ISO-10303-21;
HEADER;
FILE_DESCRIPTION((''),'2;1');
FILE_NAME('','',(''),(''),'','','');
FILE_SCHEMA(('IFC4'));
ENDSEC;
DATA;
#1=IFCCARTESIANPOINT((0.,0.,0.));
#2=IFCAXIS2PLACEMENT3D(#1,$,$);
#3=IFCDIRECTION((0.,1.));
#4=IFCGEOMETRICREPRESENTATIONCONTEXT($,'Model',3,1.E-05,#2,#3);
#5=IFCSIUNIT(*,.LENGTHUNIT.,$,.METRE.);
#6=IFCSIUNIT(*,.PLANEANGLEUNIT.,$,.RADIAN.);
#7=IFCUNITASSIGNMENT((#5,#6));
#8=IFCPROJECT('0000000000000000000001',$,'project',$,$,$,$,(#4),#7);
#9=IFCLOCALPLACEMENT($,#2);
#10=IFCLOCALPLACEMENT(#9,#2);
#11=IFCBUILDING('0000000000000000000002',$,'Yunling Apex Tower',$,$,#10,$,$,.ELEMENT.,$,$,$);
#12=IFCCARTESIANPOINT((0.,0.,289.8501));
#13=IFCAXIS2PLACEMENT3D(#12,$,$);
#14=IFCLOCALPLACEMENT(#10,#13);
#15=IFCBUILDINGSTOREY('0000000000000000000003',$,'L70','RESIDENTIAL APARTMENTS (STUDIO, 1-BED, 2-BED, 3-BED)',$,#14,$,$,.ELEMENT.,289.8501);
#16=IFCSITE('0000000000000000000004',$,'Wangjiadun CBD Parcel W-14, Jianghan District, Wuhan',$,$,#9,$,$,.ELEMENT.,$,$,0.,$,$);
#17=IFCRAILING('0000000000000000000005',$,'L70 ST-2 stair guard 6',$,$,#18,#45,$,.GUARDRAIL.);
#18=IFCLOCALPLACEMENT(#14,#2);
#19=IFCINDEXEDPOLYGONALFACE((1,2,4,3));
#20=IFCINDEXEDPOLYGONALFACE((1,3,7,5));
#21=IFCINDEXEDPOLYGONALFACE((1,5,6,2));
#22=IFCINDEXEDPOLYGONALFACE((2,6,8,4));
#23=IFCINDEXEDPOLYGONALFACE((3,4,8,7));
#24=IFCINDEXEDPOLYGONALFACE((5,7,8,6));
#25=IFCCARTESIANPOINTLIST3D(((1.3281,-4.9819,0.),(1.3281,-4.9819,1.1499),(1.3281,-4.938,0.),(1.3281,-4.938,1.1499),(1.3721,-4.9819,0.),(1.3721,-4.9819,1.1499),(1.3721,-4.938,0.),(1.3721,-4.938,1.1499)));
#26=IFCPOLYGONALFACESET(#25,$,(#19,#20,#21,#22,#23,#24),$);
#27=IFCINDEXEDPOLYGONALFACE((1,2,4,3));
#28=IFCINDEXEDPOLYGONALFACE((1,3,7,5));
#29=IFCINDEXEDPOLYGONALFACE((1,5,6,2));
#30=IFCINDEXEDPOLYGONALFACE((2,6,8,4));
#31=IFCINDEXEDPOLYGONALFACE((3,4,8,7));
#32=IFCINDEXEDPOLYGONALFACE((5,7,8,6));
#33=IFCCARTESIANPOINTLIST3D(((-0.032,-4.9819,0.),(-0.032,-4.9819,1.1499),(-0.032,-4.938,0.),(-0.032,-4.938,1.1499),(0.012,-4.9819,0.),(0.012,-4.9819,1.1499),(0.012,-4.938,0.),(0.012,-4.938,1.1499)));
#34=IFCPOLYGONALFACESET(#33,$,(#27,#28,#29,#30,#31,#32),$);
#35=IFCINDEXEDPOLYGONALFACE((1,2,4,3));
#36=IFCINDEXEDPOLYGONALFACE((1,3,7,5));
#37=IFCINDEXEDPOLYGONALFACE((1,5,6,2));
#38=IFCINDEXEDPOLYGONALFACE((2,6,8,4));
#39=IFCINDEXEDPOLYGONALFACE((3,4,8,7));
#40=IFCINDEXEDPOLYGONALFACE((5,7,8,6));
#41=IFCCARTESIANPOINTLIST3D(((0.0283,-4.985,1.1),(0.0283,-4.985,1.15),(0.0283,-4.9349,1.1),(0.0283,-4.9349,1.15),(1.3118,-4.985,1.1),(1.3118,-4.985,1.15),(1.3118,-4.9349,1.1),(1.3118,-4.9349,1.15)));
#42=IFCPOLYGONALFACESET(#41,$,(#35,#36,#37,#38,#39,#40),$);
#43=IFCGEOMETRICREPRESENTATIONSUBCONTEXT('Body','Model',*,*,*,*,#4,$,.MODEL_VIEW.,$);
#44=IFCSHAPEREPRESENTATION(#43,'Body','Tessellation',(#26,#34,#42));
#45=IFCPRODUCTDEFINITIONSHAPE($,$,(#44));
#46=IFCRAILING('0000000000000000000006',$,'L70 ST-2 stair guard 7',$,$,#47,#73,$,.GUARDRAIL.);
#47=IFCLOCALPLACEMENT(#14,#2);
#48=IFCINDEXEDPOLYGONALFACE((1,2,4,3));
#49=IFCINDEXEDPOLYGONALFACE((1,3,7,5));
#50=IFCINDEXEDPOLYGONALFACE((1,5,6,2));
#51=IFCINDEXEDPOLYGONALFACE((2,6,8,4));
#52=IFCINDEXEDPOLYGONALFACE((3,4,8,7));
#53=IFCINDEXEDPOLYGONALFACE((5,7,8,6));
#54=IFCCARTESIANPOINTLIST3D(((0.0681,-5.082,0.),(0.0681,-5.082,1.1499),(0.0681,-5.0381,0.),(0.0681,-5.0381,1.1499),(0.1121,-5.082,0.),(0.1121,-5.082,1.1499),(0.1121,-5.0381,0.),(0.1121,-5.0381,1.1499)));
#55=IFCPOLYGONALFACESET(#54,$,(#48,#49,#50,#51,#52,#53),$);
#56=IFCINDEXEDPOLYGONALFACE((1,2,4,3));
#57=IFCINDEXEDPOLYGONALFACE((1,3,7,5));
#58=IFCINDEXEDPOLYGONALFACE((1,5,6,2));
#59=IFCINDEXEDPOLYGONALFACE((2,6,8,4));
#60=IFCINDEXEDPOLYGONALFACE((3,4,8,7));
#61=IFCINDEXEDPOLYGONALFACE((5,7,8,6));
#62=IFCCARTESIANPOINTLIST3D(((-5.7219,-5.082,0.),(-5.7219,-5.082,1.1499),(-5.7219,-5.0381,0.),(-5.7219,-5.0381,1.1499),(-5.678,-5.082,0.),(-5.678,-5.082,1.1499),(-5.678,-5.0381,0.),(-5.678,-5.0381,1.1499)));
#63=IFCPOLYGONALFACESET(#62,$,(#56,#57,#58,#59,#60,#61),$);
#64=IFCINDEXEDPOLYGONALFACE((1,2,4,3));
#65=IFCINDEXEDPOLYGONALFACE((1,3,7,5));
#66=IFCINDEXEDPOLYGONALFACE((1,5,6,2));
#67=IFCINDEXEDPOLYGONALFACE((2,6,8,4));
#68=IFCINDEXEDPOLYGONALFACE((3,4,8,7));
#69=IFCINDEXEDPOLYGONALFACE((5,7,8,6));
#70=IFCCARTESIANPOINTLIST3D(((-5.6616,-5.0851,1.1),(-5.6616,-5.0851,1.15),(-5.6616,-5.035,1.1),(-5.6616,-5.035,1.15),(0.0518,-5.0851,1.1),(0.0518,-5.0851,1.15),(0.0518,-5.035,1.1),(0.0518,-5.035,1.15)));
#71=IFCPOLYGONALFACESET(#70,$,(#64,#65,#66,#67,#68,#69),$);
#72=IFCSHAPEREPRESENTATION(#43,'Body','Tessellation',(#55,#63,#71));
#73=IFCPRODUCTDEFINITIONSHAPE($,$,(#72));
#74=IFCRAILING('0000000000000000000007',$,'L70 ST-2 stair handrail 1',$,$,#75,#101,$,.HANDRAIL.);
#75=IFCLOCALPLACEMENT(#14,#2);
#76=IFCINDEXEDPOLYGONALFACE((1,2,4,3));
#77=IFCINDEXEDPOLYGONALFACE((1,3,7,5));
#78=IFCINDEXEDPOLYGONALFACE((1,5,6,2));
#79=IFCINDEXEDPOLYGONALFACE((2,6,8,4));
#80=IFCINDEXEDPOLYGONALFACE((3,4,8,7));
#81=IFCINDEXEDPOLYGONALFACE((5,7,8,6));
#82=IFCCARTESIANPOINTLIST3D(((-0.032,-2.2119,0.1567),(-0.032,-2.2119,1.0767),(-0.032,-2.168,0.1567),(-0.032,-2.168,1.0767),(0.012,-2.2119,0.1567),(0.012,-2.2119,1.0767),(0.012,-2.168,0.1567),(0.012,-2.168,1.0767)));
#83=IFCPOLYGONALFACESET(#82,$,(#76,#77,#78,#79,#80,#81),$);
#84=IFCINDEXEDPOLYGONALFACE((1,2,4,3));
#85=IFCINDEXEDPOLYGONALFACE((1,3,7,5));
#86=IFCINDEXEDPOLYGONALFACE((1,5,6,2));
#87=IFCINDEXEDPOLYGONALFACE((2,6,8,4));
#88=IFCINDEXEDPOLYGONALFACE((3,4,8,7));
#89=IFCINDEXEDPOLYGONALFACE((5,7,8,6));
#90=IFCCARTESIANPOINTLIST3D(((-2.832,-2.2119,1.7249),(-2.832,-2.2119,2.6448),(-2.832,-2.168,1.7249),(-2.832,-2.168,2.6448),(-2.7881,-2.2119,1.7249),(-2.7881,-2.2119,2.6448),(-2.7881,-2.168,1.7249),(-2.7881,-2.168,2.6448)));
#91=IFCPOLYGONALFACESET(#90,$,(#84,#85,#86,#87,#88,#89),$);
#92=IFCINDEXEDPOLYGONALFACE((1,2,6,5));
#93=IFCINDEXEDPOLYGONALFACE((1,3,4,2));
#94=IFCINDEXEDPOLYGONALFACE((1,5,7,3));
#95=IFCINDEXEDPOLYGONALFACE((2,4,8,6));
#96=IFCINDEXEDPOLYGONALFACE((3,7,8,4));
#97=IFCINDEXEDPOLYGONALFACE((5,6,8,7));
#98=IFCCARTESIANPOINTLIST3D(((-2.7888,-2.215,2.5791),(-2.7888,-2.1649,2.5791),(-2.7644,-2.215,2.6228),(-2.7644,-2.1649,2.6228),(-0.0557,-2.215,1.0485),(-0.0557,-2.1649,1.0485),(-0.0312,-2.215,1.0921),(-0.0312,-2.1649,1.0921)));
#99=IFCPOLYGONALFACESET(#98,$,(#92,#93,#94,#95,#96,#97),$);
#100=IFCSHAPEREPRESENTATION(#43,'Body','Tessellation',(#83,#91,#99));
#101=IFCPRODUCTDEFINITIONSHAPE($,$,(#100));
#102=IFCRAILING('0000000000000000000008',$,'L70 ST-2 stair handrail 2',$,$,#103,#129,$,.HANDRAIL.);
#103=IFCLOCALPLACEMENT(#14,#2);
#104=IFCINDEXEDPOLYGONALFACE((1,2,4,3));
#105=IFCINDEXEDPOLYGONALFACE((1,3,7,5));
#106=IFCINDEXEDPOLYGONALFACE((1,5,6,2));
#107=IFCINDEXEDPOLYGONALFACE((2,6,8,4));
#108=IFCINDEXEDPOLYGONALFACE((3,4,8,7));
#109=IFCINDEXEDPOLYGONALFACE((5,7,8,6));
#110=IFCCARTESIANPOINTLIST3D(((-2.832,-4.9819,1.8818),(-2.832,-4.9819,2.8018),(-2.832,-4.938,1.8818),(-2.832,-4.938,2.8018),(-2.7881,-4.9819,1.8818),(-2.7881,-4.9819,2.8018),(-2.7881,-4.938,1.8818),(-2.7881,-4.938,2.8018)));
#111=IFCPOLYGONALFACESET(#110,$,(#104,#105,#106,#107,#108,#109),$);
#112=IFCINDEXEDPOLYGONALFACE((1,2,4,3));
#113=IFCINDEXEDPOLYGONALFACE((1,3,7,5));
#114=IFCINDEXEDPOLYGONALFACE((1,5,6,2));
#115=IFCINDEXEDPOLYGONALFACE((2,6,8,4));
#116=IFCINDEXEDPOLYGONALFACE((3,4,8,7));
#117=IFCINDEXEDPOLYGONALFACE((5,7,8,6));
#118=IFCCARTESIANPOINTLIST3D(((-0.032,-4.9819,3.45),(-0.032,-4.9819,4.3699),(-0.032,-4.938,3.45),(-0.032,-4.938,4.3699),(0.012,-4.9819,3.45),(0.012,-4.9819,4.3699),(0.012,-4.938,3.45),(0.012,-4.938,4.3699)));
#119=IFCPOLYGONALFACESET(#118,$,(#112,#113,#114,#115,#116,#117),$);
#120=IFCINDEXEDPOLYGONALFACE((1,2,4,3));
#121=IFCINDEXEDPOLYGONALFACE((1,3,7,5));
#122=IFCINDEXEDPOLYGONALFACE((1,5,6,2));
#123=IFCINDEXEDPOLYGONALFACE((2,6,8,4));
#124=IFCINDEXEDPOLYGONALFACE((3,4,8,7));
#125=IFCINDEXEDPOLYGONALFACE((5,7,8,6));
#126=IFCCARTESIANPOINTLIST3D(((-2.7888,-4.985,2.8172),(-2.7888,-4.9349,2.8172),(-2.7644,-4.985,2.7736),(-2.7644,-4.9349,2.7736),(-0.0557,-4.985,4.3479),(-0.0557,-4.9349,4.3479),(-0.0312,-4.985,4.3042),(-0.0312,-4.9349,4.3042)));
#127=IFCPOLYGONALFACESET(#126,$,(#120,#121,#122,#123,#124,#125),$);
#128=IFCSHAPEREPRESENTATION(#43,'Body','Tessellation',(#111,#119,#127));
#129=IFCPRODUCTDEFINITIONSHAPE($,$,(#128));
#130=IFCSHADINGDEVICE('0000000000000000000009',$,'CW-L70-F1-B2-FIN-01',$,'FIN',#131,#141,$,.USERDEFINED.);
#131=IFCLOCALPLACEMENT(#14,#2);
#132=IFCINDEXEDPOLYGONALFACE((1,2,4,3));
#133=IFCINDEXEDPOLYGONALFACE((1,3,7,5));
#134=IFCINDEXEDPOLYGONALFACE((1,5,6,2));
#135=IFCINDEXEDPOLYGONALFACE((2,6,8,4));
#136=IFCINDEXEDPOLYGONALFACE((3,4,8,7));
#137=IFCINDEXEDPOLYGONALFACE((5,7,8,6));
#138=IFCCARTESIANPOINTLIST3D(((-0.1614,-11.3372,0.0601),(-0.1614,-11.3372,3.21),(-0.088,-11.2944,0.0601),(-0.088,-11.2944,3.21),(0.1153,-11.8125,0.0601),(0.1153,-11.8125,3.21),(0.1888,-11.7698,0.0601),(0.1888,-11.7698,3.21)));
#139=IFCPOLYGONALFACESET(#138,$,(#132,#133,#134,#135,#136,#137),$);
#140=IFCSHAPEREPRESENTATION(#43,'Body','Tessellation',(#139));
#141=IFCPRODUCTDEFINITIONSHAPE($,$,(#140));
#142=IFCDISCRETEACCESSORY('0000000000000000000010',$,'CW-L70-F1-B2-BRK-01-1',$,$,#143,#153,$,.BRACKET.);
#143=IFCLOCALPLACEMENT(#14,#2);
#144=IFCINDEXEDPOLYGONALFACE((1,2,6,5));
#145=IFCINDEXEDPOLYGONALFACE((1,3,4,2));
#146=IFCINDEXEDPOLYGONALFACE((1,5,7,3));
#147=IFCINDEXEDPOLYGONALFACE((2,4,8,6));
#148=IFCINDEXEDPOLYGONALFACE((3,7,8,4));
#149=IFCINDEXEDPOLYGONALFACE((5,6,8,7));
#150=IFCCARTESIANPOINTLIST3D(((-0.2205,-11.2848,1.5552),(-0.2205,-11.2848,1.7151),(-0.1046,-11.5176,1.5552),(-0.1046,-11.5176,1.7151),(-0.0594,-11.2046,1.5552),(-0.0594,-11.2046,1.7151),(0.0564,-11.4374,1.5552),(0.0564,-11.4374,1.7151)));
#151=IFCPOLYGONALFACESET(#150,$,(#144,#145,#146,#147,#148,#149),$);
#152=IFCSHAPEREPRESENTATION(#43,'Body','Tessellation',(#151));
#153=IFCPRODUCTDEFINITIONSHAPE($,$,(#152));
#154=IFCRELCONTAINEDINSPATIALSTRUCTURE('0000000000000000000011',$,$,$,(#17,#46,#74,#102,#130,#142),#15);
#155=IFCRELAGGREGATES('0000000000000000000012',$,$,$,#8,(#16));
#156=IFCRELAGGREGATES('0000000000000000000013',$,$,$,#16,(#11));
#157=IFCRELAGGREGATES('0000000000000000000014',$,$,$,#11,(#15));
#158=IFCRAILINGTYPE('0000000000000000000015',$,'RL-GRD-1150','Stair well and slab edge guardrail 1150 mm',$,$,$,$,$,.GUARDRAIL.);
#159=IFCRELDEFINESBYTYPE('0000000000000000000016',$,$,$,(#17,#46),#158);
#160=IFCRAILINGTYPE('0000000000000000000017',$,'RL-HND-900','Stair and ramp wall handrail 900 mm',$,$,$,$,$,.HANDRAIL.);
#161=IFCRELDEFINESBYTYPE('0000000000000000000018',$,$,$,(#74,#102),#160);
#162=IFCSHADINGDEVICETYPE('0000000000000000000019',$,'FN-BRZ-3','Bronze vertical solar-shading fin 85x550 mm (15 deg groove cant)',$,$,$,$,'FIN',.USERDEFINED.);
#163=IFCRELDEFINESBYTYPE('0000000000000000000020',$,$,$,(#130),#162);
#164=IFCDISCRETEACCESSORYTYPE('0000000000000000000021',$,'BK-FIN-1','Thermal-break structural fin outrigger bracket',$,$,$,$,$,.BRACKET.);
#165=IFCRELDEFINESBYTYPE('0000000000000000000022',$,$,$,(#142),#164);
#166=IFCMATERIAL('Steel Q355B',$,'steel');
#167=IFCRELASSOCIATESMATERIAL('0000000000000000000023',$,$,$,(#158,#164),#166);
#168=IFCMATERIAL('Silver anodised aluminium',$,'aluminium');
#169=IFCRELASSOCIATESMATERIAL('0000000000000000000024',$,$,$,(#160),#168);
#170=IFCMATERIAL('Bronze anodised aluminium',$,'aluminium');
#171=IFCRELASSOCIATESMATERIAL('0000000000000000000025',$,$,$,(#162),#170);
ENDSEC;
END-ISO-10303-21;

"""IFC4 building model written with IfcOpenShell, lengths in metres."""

from ifc_helpers import new_model, si_unit, direction, frame, origin, origin_2d, place, context, subcontext, project, spatial, rectangle, extrude, source, transform, mapped, material, material_profile, profile_set, type_object, element, save


model = new_model("IFC4")

# Units and contexts
model_context = context("Model", 3, precision=1e-05, world=origin(), true_north=direction((0.0, 1.0)))
body_context = subcontext(model_context, "Body", "Model", "MODEL_VIEW")
ifc_project = project(units=[si_unit("LENGTHUNIT", "METRE"), si_unit("PLANEANGLEUNIT", "RADIAN")], contexts=[model_context])

# Site, building, storey
site_placement = place(None, origin())
site = spatial("IfcSite", under=ifc_project, at=site_placement, Name="Wangjiadun CBD Parcel W-14, Jianghan District, Wuhan", CompositionType="ELEMENT", RefElevation=0.0)
building_placement = place(site_placement, origin())
building = spatial("IfcBuilding", under=site, at=building_placement, Name="Yunling Apex Tower", CompositionType="ELEMENT")
storey_placement = place(building_placement, frame((0.0, 0.0, 289.8501)))
storey = spatial("IfcBuildingStorey", under=building, at=storey_placement, Name="L70", Description="RESIDENTIAL APARTMENTS (STUDIO, 1-BED, 2-BED, 3-BED)", CompositionType="ELEMENT", Elevation=289.8501)

# Shared definitions
ifc_material_1 = material(Name="Steel Q355B", Category="steel")

# Shared definitions
ifc_material_2 = material(Name="Bronze anodised aluminium", Category="aluminium")

# Railings
railing_type_1 = type_object("IfcRailingType", Name="RL-GRD-1150", Description="Stair well and slab edge guardrail 1150 mm", PredefinedType="GUARDRAIL", material=ifc_material_1)
railing_1_placement = place(storey_placement, frame((1.3501, -4.96, 0.0)))
element("IfcRailing", 1, at=railing_1_placement, inside=storey, type_object=railing_type_1, Name="L70 ST-2 stair guard 6", PredefinedType="GUARDRAIL", context=body_context, shape_type="SweptSolid", body=[
    extrude(rectangle(XDim=0.0439, YDim=0.0439, at=origin_2d()), origin(), (0.0, 0.0, 1.0), 1.1499),
    extrude(rectangle(XDim=0.0439, YDim=0.0439, at=origin_2d()), frame((-1.3601, 0.0, 0.0)), (0.0, 0.0, 1.0), 1.1499),
    extrude(rectangle(XDim=0.05, YDim=0.05, at=origin_2d()), frame((-0.0383, 0.0, 1.125), z_axis=(-1.0, 0.0, 0.0), x_axis=(0.0, -1.0, 0.0)), (0.0, 0.0, 1.0), 1.2834),
])
railing_2_placement = place(storey_placement, frame((0.0901, -5.0601, 0.0)))
element("IfcRailing", 2, at=railing_2_placement, inside=storey, type_object=railing_type_1, Name="L70 ST-2 stair guard 7", PredefinedType="GUARDRAIL", context=body_context, shape_type="SweptSolid", body=[
    extrude(rectangle(XDim=0.0439, YDim=0.0439, at=origin_2d()), origin(), (0.0, 0.0, 1.0), 1.1499),
    extrude(rectangle(XDim=0.0439, YDim=0.0439, at=origin_2d()), frame((-5.79, 0.0, 0.0)), (0.0, 0.0, 1.0), 1.1499),
    extrude(rectangle(XDim=0.05, YDim=0.05, at=origin_2d()), frame((-0.0383, 0.0, 1.125), z_axis=(-1.0, 0.0, 0.0), x_axis=(0.0, -1.0, 0.0)), (0.0, 0.0, 1.0), 5.7134),
])
ifc_material_3 = material(Name="Silver anodised aluminium", Category="aluminium")
railing_type_2 = type_object("IfcRailingType", Name="RL-HND-900", Description="Stair and ramp wall handrail 900 mm", PredefinedType="HANDRAIL", material=ifc_material_3)
railing_3_placement = place(storey_placement, frame((-0.01, -2.1899, 0.1567)))
element("IfcRailing", 3, at=railing_3_placement, inside=storey, type_object=railing_type_2, Name="L70 ST-2 stair handrail 1", PredefinedType="HANDRAIL", context=body_context, shape_type="SweptSolid", body=[
    extrude(rectangle(XDim=0.0439, YDim=0.0439, at=origin_2d()), origin(), (0.0, 0.0, 1.0), 0.9199),
    extrude(rectangle(XDim=0.0439, YDim=0.0439, at=origin_2d()), frame((-2.8, 0.0, 1.5681)), (0.0, 0.0, 1.0), 0.9199),
    extrude(rectangle(XDim=0.05, YDim=0.05, at=origin_2d()), frame((-0.0334, 0.0, 0.9136), z_axis=(-0.872494, 0.0, 0.488624), x_axis=(0.0, -1.0, 0.0)), (0.0, 0.0, 1.0), 3.1326),
])
railing_4_placement = place(storey_placement, frame((-2.8101, -4.96, 1.8818)))
element("IfcRailing", 4, at=railing_4_placement, inside=storey, type_object=railing_type_2, Name="L70 ST-2 stair handrail 2", PredefinedType="HANDRAIL", context=body_context, shape_type="SweptSolid", body=[
    extrude(rectangle(XDim=0.0439, YDim=0.0439, at=origin_2d()), origin(), (0.0, 0.0, 1.0), 0.9199),
    extrude(rectangle(XDim=0.0439, YDim=0.0439, at=origin_2d()), frame((2.8, 0.0, 1.5681)), (0.0, 0.0, 1.0), 0.9199),
    extrude(rectangle(XDim=0.05, YDim=0.05, at=origin_2d()), frame((0.0334, 0.0, 0.9136), z_axis=(0.872494, 0.0, 0.488624), x_axis=(0.0, 1.0, 0.0)), (0.0, 0.0, 1.0), 3.1326),
])

# Shading device
ifc_material_profile_1 = material_profile(ifc_material_2, rectangle(XDim=0.085, YDim=0.55, at=origin_2d()))
ifc_profile_set_1 = profile_set([ifc_material_profile_1], Name="Bronze anodised aluminium")
shading_device_type = type_object("IfcShadingDeviceType", Name="FN-BRZ-3", Description="Bronze vertical solar-shading fin 85x550 mm (15 deg groove cant)", ElementType="FIN", PredefinedType="USERDEFINED", material=ifc_profile_set_1)
shared_shape_1 = source(origin(), body_context, "Body", "SweptSolid", [
    extrude(rectangle(XDim=0.085, YDim=0.55, at=origin_2d()), origin(), (0.0, 0.0, 1.0), 3.1499),
])
shading_device_placement = place(storey_placement, frame((0.0137, -11.5535, 0.0601), z_axis=(0.0, 0.0, 1.0), x_axis=(0.864187, 0.503171, 0.0)))
element("IfcShadingDevice", 5, at=shading_device_placement, inside=storey, type_object=shading_device_type, Name="CW-L70-F1-B2-FIN-01", ObjectType="FIN", PredefinedType="USERDEFINED", context=body_context, shape_type="MappedRepresentation", body=[
    mapped(shared_shape_1, transform((0.0, 0.0, 0.0), scale=1.0)),
])

# Discrete accessory
discrete_accessory_type = type_object("IfcDiscreteAccessoryType", Name="BK-FIN-1", Description="Thermal-break structural fin outrigger bracket", PredefinedType="BRACKET", material=ifc_material_1)
shared_shape_2 = source(origin(), body_context, "Body", "SweptSolid", [
    extrude(rectangle(XDim=0.1799, YDim=0.26, at=origin_2d()), origin(), (0.0, 0.0, 1.0), 0.1599),
])
discrete_accessory_placement = place(storey_placement, frame((-0.082, -11.3611, 1.5552), z_axis=(0.0, 0.0, 1.0), x_axis=(0.895246, 0.445573, 0.0)))
element("IfcDiscreteAccessory", 6, at=discrete_accessory_placement, inside=storey, type_object=discrete_accessory_type, Name="CW-L70-F1-B2-BRK-01-1", PredefinedType="BRACKET", context=body_context, shape_type="MappedRepresentation", body=[
    mapped(shared_shape_2, transform((0.0, 0.0, 0.0), scale=1.0)),
])

save(model, "model.ifc")
